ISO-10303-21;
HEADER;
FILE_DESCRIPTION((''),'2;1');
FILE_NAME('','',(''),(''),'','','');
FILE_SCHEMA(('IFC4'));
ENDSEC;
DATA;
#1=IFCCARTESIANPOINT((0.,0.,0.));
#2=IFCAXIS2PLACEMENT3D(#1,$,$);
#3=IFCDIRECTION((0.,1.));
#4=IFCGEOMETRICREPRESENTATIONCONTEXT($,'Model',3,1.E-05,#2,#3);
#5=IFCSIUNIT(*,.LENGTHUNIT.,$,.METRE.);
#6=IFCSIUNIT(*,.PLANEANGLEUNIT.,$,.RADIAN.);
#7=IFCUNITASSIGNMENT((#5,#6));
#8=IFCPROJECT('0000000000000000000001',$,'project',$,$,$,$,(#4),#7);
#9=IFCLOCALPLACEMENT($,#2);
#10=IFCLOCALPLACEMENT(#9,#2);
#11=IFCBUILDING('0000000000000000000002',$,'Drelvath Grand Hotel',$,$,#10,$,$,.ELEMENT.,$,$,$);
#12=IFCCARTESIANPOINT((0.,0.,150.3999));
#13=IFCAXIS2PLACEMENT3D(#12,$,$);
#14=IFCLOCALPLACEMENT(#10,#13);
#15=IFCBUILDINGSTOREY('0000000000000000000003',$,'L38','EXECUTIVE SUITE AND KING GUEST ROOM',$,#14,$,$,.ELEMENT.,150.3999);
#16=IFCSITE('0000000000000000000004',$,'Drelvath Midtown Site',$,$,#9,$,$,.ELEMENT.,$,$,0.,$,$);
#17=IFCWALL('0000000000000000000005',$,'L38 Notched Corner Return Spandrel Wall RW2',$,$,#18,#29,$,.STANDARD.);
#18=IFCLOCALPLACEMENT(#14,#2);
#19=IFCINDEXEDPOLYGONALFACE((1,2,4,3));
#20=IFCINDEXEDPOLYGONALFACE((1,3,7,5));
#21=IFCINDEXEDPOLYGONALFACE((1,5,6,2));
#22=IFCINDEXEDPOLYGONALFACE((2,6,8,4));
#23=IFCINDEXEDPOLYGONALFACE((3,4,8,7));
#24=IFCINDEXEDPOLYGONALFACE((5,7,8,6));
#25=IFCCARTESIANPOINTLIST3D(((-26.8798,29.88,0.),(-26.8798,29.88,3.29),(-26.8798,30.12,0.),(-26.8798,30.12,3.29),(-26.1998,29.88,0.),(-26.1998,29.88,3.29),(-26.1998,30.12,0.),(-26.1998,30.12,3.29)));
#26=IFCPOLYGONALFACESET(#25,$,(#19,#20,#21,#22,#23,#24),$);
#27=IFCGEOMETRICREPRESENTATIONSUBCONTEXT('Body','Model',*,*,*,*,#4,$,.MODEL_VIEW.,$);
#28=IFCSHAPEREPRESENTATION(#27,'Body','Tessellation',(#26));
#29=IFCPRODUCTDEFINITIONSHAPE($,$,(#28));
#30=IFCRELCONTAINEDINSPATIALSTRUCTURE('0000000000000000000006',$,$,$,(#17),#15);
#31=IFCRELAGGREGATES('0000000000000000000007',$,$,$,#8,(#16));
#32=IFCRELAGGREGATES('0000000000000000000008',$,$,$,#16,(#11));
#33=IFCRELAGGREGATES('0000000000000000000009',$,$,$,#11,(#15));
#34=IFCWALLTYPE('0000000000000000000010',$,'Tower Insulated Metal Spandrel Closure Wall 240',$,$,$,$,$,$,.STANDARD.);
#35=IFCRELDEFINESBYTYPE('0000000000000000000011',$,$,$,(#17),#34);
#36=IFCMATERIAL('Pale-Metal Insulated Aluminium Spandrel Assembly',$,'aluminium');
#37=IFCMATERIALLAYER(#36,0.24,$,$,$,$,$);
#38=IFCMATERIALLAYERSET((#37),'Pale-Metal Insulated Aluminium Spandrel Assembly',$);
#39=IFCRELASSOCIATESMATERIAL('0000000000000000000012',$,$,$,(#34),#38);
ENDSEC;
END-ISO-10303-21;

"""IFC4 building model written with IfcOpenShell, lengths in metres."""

from ifc_helpers import new_model, si_unit, direction, frame, frame_2d, origin, place, context, subcontext, project, spatial, rectangle, extrude, material, layer, layer_set, type_object, element, save


model = new_model("IFC4")

# Units and contexts
model_context = context("Model", 3, precision=1e-05, world=origin(), true_north=direction((0.0, 1.0)))
body_context = subcontext(model_context, "Body", "Model", "MODEL_VIEW")
ifc_project = project(units=[si_unit("LENGTHUNIT", "METRE"), si_unit("PLANEANGLEUNIT", "RADIAN")], contexts=[model_context])

# Site, building, storey
site_placement = place(None, origin())
site = spatial("IfcSite", under=ifc_project, at=site_placement, Name="Drelvath Midtown Site", CompositionType="ELEMENT", RefElevation=0.0)
building_placement = place(site_placement, origin())
building = spatial("IfcBuilding", under=site, at=building_placement, Name="Drelvath Grand Hotel", CompositionType="ELEMENT")
storey_placement = place(building_placement, frame((0.0, 0.0, 150.3999)))
storey = spatial("IfcBuildingStorey", under=building, at=storey_placement, Name="L38", Description="EXECUTIVE SUITE AND KING GUEST ROOM", CompositionType="ELEMENT", Elevation=150.3999)

# Wall
ifc_material_1 = material(Name="Pale-Metal Insulated Aluminium Spandrel Assembly", Category="aluminium")
ifc_layer_1 = layer(ifc_material_1, 0.24)
ifc_layer_set_1 = layer_set([ifc_layer_1], Name="Pale-Metal Insulated Aluminium Spandrel Assembly")
wall_type_1 = type_object("IfcWallType", Name="Tower Insulated Metal Spandrel Closure Wall 240", PredefinedType="STANDARD", material=ifc_layer_set_1)
wall_1_placement = place(storey_placement, frame((-26.2, 30.0, 0.0), z_axis=(0.0, 0.0, 1.0), x_axis=(-1.0, 0.0, 0.0)))
element("IfcWall", 1, at=wall_1_placement, inside=storey, type_object=wall_type_1, Name="L38 Notched Corner Return Spandrel Wall RW2", PredefinedType="STANDARD", context=body_context, shape_type="SweptSolid", body=[
    extrude(rectangle(XDim=0.6799, YDim=0.24, at=frame_2d((0.3398, 0.0))), origin(), (0.0, 0.0, 1.0), 3.29),
])

save(model, "model.ifc")
